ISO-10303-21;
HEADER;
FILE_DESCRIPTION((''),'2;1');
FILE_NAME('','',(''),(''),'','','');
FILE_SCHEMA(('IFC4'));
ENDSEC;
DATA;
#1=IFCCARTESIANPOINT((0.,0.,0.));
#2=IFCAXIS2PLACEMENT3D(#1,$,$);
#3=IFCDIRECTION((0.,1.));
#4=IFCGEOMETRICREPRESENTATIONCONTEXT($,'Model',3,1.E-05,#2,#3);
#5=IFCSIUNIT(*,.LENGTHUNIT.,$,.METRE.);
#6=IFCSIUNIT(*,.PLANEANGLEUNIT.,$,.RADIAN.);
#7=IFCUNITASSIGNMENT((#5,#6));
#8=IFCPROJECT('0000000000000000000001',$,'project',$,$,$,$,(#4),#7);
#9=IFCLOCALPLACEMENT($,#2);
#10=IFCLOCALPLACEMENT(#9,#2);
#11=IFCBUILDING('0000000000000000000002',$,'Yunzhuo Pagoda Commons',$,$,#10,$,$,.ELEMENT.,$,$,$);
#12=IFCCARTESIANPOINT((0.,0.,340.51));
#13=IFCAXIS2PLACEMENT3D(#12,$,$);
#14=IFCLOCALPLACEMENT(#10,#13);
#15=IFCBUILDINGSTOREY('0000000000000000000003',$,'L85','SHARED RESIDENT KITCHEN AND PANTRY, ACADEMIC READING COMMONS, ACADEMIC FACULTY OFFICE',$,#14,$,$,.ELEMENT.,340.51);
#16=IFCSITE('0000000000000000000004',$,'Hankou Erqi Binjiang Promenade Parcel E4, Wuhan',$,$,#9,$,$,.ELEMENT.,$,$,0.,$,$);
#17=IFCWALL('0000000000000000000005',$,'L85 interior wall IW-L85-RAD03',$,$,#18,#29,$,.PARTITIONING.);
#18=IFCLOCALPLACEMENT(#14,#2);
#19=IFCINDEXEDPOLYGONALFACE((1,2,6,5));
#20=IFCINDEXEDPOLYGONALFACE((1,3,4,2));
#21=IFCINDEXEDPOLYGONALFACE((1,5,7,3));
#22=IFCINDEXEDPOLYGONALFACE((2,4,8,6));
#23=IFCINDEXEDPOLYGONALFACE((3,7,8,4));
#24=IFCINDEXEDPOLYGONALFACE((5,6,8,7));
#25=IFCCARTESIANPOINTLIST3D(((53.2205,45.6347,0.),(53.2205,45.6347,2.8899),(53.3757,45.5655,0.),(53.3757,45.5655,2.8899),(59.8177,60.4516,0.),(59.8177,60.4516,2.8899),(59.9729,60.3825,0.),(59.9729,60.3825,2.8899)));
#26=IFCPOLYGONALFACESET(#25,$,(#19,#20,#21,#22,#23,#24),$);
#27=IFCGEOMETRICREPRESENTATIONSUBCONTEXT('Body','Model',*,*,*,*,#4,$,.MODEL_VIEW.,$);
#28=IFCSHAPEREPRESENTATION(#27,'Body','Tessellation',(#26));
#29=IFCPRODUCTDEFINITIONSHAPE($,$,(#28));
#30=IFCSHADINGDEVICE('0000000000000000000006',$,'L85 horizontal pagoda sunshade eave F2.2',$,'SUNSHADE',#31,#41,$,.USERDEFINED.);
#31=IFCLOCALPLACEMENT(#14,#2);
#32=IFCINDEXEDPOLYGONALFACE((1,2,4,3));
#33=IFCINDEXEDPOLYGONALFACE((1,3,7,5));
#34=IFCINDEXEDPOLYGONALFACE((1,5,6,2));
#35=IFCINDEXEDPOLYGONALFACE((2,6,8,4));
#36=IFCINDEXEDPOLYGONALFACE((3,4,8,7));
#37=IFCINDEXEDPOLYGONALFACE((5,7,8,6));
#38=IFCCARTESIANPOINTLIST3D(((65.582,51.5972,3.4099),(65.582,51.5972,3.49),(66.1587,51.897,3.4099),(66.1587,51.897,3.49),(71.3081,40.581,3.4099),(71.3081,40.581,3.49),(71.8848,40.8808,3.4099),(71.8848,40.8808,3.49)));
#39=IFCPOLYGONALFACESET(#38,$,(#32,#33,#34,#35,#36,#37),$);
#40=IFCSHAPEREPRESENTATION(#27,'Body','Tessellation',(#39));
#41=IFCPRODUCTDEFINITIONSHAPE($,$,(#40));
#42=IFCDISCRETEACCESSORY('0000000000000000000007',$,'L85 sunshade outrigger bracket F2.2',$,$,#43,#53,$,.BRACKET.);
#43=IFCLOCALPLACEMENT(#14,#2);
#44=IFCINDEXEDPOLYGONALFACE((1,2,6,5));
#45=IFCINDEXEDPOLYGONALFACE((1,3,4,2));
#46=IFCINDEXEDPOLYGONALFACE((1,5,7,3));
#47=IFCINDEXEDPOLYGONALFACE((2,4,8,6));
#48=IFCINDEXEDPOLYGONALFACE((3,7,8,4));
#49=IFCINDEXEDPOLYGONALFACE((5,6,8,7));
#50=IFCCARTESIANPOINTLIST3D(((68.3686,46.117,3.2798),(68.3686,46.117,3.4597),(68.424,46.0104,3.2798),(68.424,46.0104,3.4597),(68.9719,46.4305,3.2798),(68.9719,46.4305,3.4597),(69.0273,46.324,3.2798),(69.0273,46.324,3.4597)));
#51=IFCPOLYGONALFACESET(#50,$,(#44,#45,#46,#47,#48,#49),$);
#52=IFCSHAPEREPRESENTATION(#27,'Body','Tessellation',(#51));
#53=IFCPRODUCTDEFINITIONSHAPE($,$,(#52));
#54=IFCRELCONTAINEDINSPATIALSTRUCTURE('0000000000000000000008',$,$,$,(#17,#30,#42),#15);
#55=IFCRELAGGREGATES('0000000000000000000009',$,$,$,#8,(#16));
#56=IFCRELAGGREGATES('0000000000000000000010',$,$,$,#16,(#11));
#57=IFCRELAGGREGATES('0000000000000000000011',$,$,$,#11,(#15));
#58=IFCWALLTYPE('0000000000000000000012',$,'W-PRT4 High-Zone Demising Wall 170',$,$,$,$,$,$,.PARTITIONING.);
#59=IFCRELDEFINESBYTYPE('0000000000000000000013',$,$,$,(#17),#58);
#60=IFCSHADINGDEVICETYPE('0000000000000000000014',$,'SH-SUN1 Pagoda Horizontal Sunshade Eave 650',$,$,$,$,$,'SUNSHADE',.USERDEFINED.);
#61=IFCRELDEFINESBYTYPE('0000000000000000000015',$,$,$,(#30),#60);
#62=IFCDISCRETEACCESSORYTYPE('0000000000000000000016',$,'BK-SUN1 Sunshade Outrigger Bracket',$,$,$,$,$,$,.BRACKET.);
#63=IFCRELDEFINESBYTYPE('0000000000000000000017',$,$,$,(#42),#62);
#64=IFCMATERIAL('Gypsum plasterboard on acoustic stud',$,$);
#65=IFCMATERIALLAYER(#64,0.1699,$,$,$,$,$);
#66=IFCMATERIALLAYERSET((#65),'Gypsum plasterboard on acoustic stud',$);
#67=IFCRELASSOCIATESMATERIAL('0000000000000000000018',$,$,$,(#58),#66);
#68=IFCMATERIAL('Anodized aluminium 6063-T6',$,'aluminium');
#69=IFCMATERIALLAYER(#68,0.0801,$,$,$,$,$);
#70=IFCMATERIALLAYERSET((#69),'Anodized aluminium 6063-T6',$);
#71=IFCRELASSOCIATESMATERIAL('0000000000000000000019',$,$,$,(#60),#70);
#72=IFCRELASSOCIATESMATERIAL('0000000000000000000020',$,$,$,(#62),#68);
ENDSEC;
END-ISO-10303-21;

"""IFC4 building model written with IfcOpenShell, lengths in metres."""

from ifc_helpers import new_model, si_unit, direction, frame, frame_2d, origin, origin_2d, place, context, subcontext, project, spatial, rectangle, extrude, source, transform, mapped, material, layer, layer_set, type_object, element, save


model = new_model("IFC4")

# Units and contexts
model_context = context("Model", 3, precision=1e-05, world=origin(), true_north=direction((0.0, 1.0)))
body_context = subcontext(model_context, "Body", "Model", "MODEL_VIEW")
ifc_project = project(units=[si_unit("LENGTHUNIT", "METRE"), si_unit("PLANEANGLEUNIT", "RADIAN")], contexts=[model_context])

# Site, building, storey
site_placement = place(None, origin())
site = spatial("IfcSite", under=ifc_project, at=site_placement, Name="Hankou Erqi Binjiang Promenade Parcel E4, Wuhan", CompositionType="ELEMENT", RefElevation=0.0)
building_placement = place(site_placement, origin())
building = spatial("IfcBuilding", under=site, at=building_placement, Name="Yunzhuo Pagoda Commons", CompositionType="ELEMENT")
storey_placement = place(building_placement, frame((0.0, 0.0, 340.51)))
storey = spatial("IfcBuildingStorey", under=building, at=storey_placement, Name="L85", Description="SHARED RESIDENT KITCHEN AND PANTRY, ACADEMIC READING COMMONS, ACADEMIC FACULTY OFFICE", CompositionType="ELEMENT", Elevation=340.51)

# Shared definitions
ifc_material_1 = material(Name="Anodized aluminium 6063-T6", Category="aluminium")

# Shared definitions
ifc_material_2 = material(Name="Gypsum plasterboard on acoustic stud")

# Wall
ifc_layer_1 = layer(ifc_material_2, 0.1699)
ifc_layer_set_1 = layer_set([ifc_layer_1], Name="Gypsum plasterboard on acoustic stud")
wall_type_1 = type_object("IfcWallType", Name="W-PRT4 High-Zone Demising Wall 170", PredefinedType="PARTITIONING", material=ifc_layer_set_1)
wall_1_placement = place(storey_placement, frame((53.2981, 45.6001, 0.0), z_axis=(0.0, 0.0, 1.0), x_axis=(0.40675, 0.913539, 0.0)))
element("IfcWall", 1, at=wall_1_placement, inside=storey, type_object=wall_type_1, Name="L85 interior wall IW-L85-RAD03", PredefinedType="PARTITIONING", context=body_context, shape_type="SweptSolid", body=[
    extrude(rectangle(XDim=16.2192, YDim=0.1699, at=frame_2d((8.1096, 0.0))), origin(), (0.0, 0.0, 1.0), 2.8899),
])

# Shading device
ifc_layer_2 = layer(ifc_material_1, 0.0801)
ifc_layer_set_2 = layer_set([ifc_layer_2], Name="Anodized aluminium 6063-T6")
shading_device_type = type_object("IfcShadingDeviceType", Name="SH-SUN1 Pagoda Horizontal Sunshade Eave 650", ElementType="SUNSHADE", PredefinedType="USERDEFINED", material=ifc_layer_set_2)
shared_shape_1 = source(origin(), body_context, "Body", "SweptSolid", [
    extrude(rectangle(XDim=12.4155, YDim=0.6499, at=origin_2d()), origin(), (0.0, 0.0, 1.0), 0.0801),
])
shading_device_placement = place(storey_placement, frame((68.7334, 46.239, 3.4099), z_axis=(0.0, 0.0, 1.0), x_axis=(-0.461207, 0.887293, 0.0)))
element("IfcShadingDevice", 2, at=shading_device_placement, inside=storey, type_object=shading_device_type, Name="L85 horizontal pagoda sunshade eave F2.2", ObjectType="SUNSHADE", PredefinedType="USERDEFINED", context=body_context, shape_type="MappedRepresentation", body=[
    mapped(shared_shape_1, transform((0.0, 0.0, 0.0), scale=1.0)),
])

# Discrete accessory
discrete_accessory_type = type_object("IfcDiscreteAccessoryType", Name="BK-SUN1 Sunshade Outrigger Bracket", PredefinedType="BRACKET", material=ifc_material_1)
shared_shape_2 = source(origin(), body_context, "Body", "SweptSolid", [
    extrude(rectangle(XDim=0.1201, YDim=0.6799, at=origin_2d()), origin(), (0.0, 0.0, 1.0), 0.1799),
])
discrete_accessory_placement = place(storey_placement, frame((68.698, 46.2205, 3.2798), z_axis=(0.0, 0.0, 1.0), x_axis=(-0.461207, 0.887293, 0.0)))
element("IfcDiscreteAccessory", 3, at=discrete_accessory_placement, inside=storey, type_object=discrete_accessory_type, Name="L85 sunshade outrigger bracket F2.2", PredefinedType="BRACKET", context=body_context, shape_type="MappedRepresentation", body=[
    mapped(shared_shape_2, transform((0.0, 0.0, 0.0), scale=1.0)),
])

save(model, "model.ifc")
